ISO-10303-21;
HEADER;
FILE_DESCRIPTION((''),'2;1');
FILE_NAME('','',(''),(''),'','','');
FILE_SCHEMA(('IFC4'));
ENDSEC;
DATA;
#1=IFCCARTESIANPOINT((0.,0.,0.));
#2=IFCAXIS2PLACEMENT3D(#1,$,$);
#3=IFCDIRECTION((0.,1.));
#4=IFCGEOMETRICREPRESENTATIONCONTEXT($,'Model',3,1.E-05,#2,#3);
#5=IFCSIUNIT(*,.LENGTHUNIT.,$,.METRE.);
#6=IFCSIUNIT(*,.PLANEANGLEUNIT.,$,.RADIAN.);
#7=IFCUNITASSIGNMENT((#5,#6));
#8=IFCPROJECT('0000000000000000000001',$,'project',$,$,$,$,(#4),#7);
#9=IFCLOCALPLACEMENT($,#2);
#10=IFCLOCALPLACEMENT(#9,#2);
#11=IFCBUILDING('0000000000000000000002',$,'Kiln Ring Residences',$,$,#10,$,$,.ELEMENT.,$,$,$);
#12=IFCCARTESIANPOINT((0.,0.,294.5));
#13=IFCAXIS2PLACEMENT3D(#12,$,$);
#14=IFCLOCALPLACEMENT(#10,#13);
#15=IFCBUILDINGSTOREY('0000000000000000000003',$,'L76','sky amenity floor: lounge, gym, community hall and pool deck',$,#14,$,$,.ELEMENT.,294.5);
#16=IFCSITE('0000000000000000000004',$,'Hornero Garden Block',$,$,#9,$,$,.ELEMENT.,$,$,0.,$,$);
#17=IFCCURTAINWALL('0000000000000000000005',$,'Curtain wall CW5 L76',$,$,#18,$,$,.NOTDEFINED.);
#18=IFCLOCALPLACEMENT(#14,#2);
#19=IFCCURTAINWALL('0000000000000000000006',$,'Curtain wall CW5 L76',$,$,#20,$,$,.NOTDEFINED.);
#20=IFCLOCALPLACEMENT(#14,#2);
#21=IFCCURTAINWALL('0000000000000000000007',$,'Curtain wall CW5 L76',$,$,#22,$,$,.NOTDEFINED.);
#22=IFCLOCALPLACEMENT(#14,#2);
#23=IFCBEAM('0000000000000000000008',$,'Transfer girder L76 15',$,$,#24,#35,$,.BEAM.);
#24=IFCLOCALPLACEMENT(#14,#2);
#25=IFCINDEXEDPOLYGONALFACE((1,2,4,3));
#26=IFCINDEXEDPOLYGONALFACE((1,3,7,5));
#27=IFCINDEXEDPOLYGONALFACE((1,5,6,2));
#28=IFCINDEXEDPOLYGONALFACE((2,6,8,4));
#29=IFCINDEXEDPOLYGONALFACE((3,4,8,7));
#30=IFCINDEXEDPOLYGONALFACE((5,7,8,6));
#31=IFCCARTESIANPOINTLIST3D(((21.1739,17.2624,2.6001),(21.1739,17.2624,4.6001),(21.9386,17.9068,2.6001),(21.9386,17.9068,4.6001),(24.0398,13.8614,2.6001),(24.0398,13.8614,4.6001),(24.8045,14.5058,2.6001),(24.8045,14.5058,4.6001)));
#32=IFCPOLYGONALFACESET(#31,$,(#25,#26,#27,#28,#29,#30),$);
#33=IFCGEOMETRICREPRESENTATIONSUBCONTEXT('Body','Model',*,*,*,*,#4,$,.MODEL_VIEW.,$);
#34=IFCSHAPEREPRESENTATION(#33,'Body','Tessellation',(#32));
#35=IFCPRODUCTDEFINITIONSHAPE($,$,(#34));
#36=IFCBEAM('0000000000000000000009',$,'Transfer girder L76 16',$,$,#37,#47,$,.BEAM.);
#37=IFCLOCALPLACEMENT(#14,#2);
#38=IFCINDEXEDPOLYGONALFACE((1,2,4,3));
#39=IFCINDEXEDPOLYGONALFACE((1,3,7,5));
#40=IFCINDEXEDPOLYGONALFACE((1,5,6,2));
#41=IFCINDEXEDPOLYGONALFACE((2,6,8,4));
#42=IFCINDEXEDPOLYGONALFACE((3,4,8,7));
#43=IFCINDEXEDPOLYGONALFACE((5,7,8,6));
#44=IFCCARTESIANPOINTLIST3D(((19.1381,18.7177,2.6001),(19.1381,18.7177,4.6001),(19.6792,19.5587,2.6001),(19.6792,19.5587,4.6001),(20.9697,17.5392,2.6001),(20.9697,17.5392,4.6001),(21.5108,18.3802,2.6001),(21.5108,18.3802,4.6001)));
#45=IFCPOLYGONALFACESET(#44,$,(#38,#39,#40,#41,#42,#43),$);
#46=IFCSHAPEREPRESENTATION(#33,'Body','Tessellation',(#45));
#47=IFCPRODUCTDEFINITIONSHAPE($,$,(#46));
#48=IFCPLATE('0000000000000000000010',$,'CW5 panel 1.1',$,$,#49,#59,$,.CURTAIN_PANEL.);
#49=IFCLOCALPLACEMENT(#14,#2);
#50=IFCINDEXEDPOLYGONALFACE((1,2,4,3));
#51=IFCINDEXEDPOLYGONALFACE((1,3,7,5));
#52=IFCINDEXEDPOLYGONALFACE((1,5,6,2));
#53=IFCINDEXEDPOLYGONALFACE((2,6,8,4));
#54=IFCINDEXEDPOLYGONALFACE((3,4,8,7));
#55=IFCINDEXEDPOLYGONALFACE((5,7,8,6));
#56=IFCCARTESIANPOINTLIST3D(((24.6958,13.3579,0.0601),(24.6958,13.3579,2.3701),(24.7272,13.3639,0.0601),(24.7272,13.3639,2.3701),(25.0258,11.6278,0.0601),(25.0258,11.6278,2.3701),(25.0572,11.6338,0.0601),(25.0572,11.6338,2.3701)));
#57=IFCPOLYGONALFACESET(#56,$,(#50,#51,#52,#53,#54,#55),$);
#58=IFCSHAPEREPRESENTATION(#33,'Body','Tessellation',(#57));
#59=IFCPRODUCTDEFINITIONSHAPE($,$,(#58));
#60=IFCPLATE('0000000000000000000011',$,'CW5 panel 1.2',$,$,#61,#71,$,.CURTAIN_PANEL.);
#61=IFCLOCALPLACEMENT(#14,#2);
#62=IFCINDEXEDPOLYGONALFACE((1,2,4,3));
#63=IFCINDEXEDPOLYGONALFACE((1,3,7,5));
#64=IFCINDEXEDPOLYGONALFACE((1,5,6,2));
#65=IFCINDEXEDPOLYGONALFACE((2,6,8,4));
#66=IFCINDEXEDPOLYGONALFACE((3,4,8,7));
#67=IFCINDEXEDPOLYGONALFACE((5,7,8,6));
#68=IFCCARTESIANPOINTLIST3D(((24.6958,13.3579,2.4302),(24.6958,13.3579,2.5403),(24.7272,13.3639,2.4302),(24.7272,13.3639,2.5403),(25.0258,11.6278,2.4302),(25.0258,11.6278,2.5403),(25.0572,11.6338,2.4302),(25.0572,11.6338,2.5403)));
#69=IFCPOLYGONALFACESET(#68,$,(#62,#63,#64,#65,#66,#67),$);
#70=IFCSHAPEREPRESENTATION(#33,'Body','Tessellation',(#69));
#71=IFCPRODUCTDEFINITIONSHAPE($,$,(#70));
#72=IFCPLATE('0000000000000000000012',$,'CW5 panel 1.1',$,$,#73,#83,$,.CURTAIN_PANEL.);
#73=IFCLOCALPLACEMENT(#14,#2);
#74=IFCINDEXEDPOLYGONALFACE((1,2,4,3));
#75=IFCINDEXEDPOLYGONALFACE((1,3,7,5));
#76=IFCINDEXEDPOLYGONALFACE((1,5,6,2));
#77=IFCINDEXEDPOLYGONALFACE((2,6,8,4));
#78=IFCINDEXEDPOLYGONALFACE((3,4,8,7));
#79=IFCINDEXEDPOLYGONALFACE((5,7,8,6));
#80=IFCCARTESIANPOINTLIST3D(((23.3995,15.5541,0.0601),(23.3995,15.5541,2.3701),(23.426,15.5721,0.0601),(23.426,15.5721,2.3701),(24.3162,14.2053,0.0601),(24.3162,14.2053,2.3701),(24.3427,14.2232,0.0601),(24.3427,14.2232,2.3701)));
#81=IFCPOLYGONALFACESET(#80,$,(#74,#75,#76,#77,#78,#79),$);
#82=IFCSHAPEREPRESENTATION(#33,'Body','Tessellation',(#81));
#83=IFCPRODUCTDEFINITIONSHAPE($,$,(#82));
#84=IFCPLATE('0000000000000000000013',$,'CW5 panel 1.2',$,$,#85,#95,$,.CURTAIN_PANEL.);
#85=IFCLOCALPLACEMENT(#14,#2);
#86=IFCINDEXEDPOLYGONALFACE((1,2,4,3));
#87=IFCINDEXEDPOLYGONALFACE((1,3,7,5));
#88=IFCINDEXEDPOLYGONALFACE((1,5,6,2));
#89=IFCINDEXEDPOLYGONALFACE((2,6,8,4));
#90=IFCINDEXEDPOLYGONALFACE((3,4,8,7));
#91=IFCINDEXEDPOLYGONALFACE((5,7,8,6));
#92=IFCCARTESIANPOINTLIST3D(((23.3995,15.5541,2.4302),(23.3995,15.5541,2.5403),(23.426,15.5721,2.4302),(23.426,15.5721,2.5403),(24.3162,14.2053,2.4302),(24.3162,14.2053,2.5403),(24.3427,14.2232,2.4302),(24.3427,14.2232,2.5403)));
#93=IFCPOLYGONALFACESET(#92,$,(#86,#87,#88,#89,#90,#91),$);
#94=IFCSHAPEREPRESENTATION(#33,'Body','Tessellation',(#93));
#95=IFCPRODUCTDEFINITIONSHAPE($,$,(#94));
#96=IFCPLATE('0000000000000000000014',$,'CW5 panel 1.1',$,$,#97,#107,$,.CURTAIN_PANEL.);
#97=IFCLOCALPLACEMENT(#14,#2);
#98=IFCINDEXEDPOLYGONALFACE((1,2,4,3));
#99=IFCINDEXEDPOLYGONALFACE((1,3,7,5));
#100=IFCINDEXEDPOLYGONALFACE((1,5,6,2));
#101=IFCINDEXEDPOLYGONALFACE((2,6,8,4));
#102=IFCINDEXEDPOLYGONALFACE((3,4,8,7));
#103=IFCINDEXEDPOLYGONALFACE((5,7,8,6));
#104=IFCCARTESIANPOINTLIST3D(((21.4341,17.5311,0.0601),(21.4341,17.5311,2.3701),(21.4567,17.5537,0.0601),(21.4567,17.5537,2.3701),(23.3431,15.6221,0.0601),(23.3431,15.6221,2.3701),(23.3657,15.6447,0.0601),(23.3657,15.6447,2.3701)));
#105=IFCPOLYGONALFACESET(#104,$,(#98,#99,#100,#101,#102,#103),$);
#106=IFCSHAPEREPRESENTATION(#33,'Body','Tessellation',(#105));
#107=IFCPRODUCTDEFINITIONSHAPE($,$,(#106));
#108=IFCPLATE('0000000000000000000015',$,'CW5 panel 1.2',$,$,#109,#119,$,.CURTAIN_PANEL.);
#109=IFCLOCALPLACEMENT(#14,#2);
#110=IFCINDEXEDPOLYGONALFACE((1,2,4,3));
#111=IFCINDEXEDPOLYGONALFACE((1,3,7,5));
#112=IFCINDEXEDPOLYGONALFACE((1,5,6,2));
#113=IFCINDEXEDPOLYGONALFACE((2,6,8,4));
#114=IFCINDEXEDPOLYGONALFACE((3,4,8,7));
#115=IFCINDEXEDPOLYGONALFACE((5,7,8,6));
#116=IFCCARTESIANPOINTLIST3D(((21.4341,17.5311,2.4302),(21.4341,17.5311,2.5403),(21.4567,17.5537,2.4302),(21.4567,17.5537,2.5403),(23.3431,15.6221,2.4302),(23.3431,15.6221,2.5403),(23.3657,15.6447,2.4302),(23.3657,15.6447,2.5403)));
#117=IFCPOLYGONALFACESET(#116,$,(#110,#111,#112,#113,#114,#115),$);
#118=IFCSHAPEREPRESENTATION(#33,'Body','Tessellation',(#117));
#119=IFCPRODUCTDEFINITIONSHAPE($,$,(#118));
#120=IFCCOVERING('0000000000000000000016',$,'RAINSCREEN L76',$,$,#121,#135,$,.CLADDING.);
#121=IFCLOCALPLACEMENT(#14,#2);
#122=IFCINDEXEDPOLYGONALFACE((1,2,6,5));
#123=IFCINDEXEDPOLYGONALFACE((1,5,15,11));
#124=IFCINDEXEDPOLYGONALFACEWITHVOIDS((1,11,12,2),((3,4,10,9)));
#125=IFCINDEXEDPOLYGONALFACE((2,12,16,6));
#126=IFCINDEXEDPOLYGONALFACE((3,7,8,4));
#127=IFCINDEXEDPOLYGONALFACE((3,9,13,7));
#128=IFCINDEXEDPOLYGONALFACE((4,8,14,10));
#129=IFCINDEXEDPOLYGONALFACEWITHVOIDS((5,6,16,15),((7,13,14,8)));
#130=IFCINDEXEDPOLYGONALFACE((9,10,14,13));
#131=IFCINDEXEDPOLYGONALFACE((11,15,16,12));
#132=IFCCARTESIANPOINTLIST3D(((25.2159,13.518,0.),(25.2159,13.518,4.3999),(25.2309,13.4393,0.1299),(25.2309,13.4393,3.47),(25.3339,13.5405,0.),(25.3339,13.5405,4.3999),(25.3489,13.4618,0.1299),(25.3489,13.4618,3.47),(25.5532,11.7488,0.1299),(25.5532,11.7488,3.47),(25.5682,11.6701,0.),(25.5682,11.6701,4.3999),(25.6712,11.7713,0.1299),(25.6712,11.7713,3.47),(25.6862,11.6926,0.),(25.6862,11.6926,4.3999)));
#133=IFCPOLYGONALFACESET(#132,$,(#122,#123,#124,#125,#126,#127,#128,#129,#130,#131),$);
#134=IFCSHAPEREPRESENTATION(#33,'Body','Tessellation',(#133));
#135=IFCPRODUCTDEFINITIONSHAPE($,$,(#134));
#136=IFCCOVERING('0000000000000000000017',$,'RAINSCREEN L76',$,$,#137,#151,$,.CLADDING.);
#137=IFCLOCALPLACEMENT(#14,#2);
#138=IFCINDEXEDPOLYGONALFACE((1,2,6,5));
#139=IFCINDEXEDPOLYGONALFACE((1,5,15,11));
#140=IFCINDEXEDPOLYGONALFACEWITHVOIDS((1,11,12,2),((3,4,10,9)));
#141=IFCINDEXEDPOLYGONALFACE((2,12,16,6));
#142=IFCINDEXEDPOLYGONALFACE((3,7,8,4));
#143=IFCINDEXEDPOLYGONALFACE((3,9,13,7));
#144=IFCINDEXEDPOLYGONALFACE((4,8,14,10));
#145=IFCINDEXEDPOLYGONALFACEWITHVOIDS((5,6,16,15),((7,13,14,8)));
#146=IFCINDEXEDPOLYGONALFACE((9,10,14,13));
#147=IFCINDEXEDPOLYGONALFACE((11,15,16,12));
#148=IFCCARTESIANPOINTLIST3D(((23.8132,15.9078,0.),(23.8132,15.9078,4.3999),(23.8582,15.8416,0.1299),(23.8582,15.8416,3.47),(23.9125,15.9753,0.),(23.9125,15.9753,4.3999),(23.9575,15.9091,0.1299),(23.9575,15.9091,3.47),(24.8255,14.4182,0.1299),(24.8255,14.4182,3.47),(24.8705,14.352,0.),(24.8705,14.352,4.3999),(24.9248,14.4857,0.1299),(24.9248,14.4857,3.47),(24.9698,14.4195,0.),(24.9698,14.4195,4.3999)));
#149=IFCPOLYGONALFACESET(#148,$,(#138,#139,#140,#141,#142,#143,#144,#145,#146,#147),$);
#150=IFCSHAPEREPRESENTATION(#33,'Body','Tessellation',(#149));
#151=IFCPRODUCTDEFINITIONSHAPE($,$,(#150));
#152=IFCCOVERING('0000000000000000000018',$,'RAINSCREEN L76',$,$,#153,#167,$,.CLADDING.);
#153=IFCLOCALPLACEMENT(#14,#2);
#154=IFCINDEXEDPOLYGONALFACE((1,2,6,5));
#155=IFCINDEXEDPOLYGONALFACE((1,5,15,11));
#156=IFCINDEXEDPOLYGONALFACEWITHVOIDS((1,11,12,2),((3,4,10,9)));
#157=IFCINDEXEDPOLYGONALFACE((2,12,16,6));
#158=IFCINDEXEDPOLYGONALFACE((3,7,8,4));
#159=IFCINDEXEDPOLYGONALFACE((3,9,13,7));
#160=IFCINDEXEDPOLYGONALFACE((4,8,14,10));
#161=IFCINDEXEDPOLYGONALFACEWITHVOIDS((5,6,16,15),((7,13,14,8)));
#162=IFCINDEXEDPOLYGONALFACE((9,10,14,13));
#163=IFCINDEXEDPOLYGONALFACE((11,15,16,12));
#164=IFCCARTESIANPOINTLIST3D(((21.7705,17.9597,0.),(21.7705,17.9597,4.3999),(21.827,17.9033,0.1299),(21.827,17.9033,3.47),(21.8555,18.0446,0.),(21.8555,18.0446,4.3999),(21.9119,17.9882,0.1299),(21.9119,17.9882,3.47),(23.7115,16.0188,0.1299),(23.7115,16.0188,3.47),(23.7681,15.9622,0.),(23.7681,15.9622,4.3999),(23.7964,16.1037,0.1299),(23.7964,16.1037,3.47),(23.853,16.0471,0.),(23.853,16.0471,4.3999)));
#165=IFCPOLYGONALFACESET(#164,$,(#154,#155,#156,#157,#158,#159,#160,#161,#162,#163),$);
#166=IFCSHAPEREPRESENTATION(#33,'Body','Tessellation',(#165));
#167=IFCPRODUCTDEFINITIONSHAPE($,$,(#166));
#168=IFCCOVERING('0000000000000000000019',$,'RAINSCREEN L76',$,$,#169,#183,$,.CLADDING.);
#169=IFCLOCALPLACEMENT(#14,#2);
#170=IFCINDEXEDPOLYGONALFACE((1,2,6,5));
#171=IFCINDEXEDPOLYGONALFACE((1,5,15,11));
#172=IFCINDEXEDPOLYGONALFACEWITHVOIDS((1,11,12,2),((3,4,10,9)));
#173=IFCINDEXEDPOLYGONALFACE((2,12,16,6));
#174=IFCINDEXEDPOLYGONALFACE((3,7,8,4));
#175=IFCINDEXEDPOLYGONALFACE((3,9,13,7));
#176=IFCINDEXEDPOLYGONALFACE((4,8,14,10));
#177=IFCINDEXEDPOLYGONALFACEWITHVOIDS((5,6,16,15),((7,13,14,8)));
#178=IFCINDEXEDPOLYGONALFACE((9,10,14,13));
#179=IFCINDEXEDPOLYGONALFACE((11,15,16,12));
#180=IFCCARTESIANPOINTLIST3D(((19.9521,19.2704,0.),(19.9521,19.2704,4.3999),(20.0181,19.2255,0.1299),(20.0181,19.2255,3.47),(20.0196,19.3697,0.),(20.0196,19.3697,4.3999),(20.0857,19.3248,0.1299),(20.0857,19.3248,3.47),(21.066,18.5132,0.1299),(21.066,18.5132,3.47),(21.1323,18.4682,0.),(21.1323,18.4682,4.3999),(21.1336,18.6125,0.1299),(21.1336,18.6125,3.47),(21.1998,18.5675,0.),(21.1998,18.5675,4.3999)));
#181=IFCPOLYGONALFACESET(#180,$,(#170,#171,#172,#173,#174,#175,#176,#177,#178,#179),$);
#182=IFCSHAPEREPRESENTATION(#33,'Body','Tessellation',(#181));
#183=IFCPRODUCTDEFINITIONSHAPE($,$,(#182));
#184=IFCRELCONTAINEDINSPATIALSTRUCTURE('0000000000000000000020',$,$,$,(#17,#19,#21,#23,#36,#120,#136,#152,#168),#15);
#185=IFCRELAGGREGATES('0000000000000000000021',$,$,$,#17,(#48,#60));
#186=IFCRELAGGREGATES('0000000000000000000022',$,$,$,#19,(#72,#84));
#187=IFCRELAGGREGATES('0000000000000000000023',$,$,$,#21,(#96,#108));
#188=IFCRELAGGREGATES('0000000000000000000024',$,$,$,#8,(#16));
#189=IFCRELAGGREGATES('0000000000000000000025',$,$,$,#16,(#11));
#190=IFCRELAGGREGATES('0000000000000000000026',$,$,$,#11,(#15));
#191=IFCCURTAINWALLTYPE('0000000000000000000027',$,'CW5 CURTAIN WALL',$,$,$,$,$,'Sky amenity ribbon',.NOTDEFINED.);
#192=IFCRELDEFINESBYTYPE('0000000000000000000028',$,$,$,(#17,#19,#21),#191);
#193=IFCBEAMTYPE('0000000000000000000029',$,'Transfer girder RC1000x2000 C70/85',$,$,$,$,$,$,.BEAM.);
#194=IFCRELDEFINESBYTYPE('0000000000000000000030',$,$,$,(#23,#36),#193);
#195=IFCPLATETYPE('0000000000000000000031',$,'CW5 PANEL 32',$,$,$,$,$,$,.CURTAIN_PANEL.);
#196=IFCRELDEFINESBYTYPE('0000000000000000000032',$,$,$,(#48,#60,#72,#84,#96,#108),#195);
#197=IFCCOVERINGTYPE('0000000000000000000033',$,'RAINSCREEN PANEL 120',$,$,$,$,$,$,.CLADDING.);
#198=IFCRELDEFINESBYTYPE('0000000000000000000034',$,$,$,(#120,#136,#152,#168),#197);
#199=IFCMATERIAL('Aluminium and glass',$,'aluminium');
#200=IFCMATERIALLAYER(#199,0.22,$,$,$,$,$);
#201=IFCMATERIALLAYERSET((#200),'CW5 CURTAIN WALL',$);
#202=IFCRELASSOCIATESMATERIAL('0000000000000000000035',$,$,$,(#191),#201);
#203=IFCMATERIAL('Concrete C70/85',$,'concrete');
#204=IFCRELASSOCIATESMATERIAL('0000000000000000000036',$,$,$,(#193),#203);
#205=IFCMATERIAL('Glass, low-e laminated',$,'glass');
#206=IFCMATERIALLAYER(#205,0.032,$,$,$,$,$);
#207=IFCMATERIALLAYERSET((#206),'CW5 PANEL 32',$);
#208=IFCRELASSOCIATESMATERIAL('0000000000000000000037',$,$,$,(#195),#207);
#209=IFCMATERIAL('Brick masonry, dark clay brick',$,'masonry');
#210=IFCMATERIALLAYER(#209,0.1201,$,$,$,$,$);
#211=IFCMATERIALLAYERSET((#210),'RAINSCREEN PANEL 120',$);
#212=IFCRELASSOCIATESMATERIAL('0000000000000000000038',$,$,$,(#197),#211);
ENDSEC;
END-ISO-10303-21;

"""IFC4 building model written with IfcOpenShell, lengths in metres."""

from ifc_helpers import new_model, si_unit, direction, frame, origin, origin_2d, place, context, subcontext, project, spatial, polyline, rectangle, outline, extrude, material, layer, layer_set, material_profile, profile_set, type_object, element, aggregate, save


model = new_model("IFC4")

# Units and contexts
model_context = context("Model", 3, precision=1e-05, world=origin(), true_north=direction((0.0, 1.0)))
body_context = subcontext(model_context, "Body", "Model", "MODEL_VIEW")
ifc_project = project(units=[si_unit("LENGTHUNIT", "METRE"), si_unit("PLANEANGLEUNIT", "RADIAN")], contexts=[model_context])

# Site, building, storey
site_placement = place(None, origin())
site = spatial("IfcSite", under=ifc_project, at=site_placement, Name="Hornero Garden Block", CompositionType="ELEMENT", RefElevation=0.0)
building_placement = place(site_placement, origin())
building = spatial("IfcBuilding", under=site, at=building_placement, Name="Kiln Ring Residences", CompositionType="ELEMENT")
storey_placement = place(building_placement, frame((0.0, 0.0, 294.5)))
storey = spatial("IfcBuildingStorey", under=building, at=storey_placement, Name="L76", Description="sky amenity floor: lounge, gym, community hall and pool deck", CompositionType="ELEMENT", Elevation=294.5)

# Curtain wall
ifc_material_1 = material(Name="Aluminium and glass", Category="aluminium")
ifc_layer_1 = layer(ifc_material_1, 0.22)
ifc_layer_set_1 = layer_set([ifc_layer_1], Name="CW5 CURTAIN WALL")
curtain_wall_type = type_object("IfcCurtainWallType", Name="CW5 CURTAIN WALL", ElementType="Sky amenity ribbon", PredefinedType="NOTDEFINED", material=ifc_layer_set_1)
placement = place(storey_placement, origin())
curtain_wall_1 = element("IfcCurtainWall", 1, at=placement, inside=storey, type_object=curtain_wall_type, Name="Curtain wall CW5 L76", PredefinedType="NOTDEFINED")

# Curtain walls
curtain_wall_2 = element("IfcCurtainWall", 2, at=placement, inside=storey, type_object=curtain_wall_type, Name="Curtain wall CW5 L76", PredefinedType="NOTDEFINED")
curtain_wall_3 = element("IfcCurtainWall", 3, at=placement, inside=storey, type_object=curtain_wall_type, Name="Curtain wall CW5 L76", PredefinedType="NOTDEFINED")

# Beams
ifc_material_2 = material(Name="Concrete C70/85", Category="concrete")
ifc_material_profile_1 = material_profile(ifc_material_2, rectangle(XDim=1.0, YDim=2.0, at=origin_2d()), Name="RC1000x2000")
ifc_profile_set_1 = profile_set([ifc_material_profile_1], Name="Concrete C70/85")
beam_type = type_object("IfcBeamType", Name="Transfer girder RC1000x2000 C70/85", PredefinedType="BEAM", material=ifc_profile_set_1)
beam_1_placement = place(storey_placement, frame((24.4221, 14.1836, 3.6001), z_axis=(-0.644381, 0.764705, 0.0), x_axis=(-0.764705, -0.644381, 0.0)))
element("IfcBeam", 4, at=beam_1_placement, inside=storey, type_object=beam_type, Name="Transfer girder L76 15", PredefinedType="BEAM", context=body_context, shape_type="SweptSolid", body=[
    extrude(rectangle(XDim=1.0, YDim=2.0, at=origin_2d()), origin(), (0.0, 0.0, 1.0), 4.4475),
])
beam_2_placement = place(storey_placement, frame((21.2402, 17.9597, 3.6001), z_axis=(-0.84096, 0.541097, 0.0), x_axis=(-0.541097, -0.84096, 0.0)))
element("IfcBeam", 5, at=beam_2_placement, inside=storey, type_object=beam_type, Name="Transfer girder L76 16", PredefinedType="BEAM", context=body_context, shape_type="SweptSolid", body=[
    extrude(rectangle(XDim=1.0, YDim=2.0, at=origin_2d()), origin(), (0.0, 0.0, 1.0), 2.178),
])

# Plates
ifc_material_3 = material(Name="Glass, low-e laminated", Category="glass")
ifc_layer_2 = layer(ifc_material_3, 0.032)
ifc_layer_set_2 = layer_set([ifc_layer_2], Name="CW5 PANEL 32")
plate_type = type_object("IfcPlateType", Name="CW5 PANEL 32", PredefinedType="CURTAIN_PANEL", material=ifc_layer_set_2)
plate_1_placement = place(storey_placement, frame((24.8765, 12.4958, 0.0601), z_axis=(0.0, 0.0, 1.0), x_axis=(-0.187366, 0.98229, 0.0)))
plate_1 = element("IfcPlate", 6, at=plate_1_placement, type_object=plate_type, Name="CW5 panel 1.1", PredefinedType="CURTAIN_PANEL", context=body_context, shape_type="SweptSolid", body=[
    extrude(rectangle(XDim=1.7612, YDim=0.032, at=origin_2d()), origin(), (0.0, 0.0, 1.0), 2.3101),
])
plate_2_placement = place(storey_placement, frame((24.8765, 12.4958, 2.4302), z_axis=(0.0, 0.0, 1.0), x_axis=(-0.187366, 0.98229, 0.0)))
plate_2 = element("IfcPlate", 7, at=plate_2_placement, type_object=plate_type, Name="CW5 panel 1.2", PredefinedType="CURTAIN_PANEL", context=body_context, shape_type="SweptSolid", body=[
    extrude(rectangle(XDim=1.7612, YDim=0.032, at=origin_2d()), origin(), (0.0, 0.0, 1.0), 0.1101),
])
aggregate(curtain_wall_1, [plate_1, plate_2])
plate_3_placement = place(storey_placement, frame((23.8711, 14.8887, 0.0601), z_axis=(0.0, 0.0, 1.0), x_axis=(-0.562097, 0.827072, 0.0)))
plate_3 = element("IfcPlate", 8, at=plate_3_placement, type_object=plate_type, Name="CW5 panel 1.1", PredefinedType="CURTAIN_PANEL", context=body_context, shape_type="SweptSolid", body=[
    extrude(rectangle(XDim=1.6309, YDim=0.032, at=origin_2d()), origin(), (0.0, 0.0, 1.0), 2.3101),
])
plate_4_placement = place(storey_placement, frame((23.8711, 14.8887, 2.4302), z_axis=(0.0, 0.0, 1.0), x_axis=(-0.562097, 0.827072, 0.0)))
plate_4 = element("IfcPlate", 9, at=plate_4_placement, type_object=plate_type, Name="CW5 panel 1.2", PredefinedType="CURTAIN_PANEL", context=body_context, shape_type="SweptSolid", body=[
    extrude(rectangle(XDim=1.6309, YDim=0.032, at=origin_2d()), origin(), (0.0, 0.0, 1.0), 0.1101),
])
aggregate(curtain_wall_2, [plate_3, plate_4])
plate_5_placement = place(storey_placement, frame((22.3999, 16.5879, 0.0601), z_axis=(0.0, 0.0, 1.0), x_axis=(-0.707107, 0.707107, 0.0)))
plate_5 = element("IfcPlate", 10, at=plate_5_placement, type_object=plate_type, Name="CW5 panel 1.1", PredefinedType="CURTAIN_PANEL", context=body_context, shape_type="SweptSolid", body=[
    extrude(rectangle(XDim=2.6997, YDim=0.032, at=origin_2d()), origin(), (0.0, 0.0, 1.0), 2.3101),
])
plate_6_placement = place(storey_placement, frame((22.3999, 16.5879, 2.4302), z_axis=(0.0, 0.0, 1.0), x_axis=(-0.707107, 0.707107, 0.0)))
plate_6 = element("IfcPlate", 11, at=plate_6_placement, type_object=plate_type, Name="CW5 panel 1.2", PredefinedType="CURTAIN_PANEL", context=body_context, shape_type="SweptSolid", body=[
    extrude(rectangle(XDim=2.6997, YDim=0.032, at=origin_2d()), origin(), (0.0, 0.0, 1.0), 0.1101),
])
aggregate(curtain_wall_3, [plate_5, plate_6])

# Coverings
ifc_material_4 = material(Name="Brick masonry, dark clay brick", Category="masonry")
ifc_layer_3 = layer(ifc_material_4, 0.1201)
ifc_layer_set_3 = layer_set([ifc_layer_3], Name="RAINSCREEN PANEL 120")
covering_type = type_object("IfcCoveringType", Name="RAINSCREEN PANEL 120", PredefinedType="CLADDING", material=ifc_layer_set_3)
for number, where, z_axis, x_axis, name in (
    (12, (25.6272, 11.6814, 0.0), (0.0, 0.0, 1.0), (-0.187273, 0.982308, 0.0), "RAINSCREEN L76"),
    (13, (24.9202, 14.3857, 0.0), (0.0, 0.0, 1.0), (-0.562076, 0.827086, 0.0), "RAINSCREEN L76"),
):
    element("IfcCovering", number, at=place(storey_placement, frame(where, z_axis=z_axis, x_axis=x_axis)), inside=storey, type_object=covering_type, Name=name, PredefinedType="CLADDING", context=body_context, shape_type="SweptSolid", body=[
        extrude(outline(polyline([(0.0, 0.0), (1.8811, 0.0), (1.8811, 4.3999), (0.0, 4.3999), (0.0, 0.0)]), holes=[polyline([(0.0801, 3.47), (0.0801, 0.1299), (1.801, 0.1299), (1.801, 3.47), (0.0801, 3.47)])]), frame((0.0, 0.0601, 0.0), z_axis=(0.0, -1.0, 0.0), x_axis=(1.0, 0.0, 0.0)), (0.0, 0.0, 1.0), 0.1201),
    ])
covering_1_placement = place(storey_placement, frame((23.8105, 16.0046, 0.0), z_axis=(0.0, 0.0, 1.0), x_axis=(-0.707107, 0.707107, 0.0)))
element("IfcCovering", 14, at=covering_1_placement, inside=storey, type_object=covering_type, Name="RAINSCREEN L76", PredefinedType="CLADDING", context=body_context, shape_type="SweptSolid", body=[
    extrude(outline(polyline([(0.0, 0.0), (2.825, 0.0), (2.825, 4.3999), (0.0, 4.3999), (0.0, 0.0)]), holes=[polyline([(0.0801, 3.47), (0.0801, 0.1299), (2.7451, 0.1299), (2.7451, 3.47), (0.0801, 3.47)])]), frame((0.0, 0.0601, 0.0), z_axis=(0.0, -1.0, 0.0), x_axis=(1.0, 0.0, 0.0)), (0.0, 0.0, 1.0), 0.1201),
])
covering_2_placement = place(storey_placement, frame((21.166, 18.5178, 0.0), z_axis=(0.0, 0.0, 1.0), x_axis=(-0.827016, 0.562179, 0.0)))
element("IfcCovering", 15, at=covering_2_placement, inside=storey, type_object=covering_type, Name="RAINSCREEN L76", PredefinedType="CLADDING", context=body_context, shape_type="SweptSolid", body=[
    extrude(outline(polyline([(0.0, 0.0), (1.427, 0.0), (1.427, 4.3999), (0.0, 4.3999), (0.0, 0.0)]), holes=[polyline([(0.0801, 3.47), (0.0801, 0.1299), (1.3472, 0.1299), (1.3472, 3.47), (0.0801, 3.47)])]), frame((0.0, 0.0601, 0.0), z_axis=(0.0, -1.0, 0.0), x_axis=(1.0, 0.0, 0.0)), (0.0, 0.0, 1.0), 0.1201),
])

save(model, "model.ifc")
